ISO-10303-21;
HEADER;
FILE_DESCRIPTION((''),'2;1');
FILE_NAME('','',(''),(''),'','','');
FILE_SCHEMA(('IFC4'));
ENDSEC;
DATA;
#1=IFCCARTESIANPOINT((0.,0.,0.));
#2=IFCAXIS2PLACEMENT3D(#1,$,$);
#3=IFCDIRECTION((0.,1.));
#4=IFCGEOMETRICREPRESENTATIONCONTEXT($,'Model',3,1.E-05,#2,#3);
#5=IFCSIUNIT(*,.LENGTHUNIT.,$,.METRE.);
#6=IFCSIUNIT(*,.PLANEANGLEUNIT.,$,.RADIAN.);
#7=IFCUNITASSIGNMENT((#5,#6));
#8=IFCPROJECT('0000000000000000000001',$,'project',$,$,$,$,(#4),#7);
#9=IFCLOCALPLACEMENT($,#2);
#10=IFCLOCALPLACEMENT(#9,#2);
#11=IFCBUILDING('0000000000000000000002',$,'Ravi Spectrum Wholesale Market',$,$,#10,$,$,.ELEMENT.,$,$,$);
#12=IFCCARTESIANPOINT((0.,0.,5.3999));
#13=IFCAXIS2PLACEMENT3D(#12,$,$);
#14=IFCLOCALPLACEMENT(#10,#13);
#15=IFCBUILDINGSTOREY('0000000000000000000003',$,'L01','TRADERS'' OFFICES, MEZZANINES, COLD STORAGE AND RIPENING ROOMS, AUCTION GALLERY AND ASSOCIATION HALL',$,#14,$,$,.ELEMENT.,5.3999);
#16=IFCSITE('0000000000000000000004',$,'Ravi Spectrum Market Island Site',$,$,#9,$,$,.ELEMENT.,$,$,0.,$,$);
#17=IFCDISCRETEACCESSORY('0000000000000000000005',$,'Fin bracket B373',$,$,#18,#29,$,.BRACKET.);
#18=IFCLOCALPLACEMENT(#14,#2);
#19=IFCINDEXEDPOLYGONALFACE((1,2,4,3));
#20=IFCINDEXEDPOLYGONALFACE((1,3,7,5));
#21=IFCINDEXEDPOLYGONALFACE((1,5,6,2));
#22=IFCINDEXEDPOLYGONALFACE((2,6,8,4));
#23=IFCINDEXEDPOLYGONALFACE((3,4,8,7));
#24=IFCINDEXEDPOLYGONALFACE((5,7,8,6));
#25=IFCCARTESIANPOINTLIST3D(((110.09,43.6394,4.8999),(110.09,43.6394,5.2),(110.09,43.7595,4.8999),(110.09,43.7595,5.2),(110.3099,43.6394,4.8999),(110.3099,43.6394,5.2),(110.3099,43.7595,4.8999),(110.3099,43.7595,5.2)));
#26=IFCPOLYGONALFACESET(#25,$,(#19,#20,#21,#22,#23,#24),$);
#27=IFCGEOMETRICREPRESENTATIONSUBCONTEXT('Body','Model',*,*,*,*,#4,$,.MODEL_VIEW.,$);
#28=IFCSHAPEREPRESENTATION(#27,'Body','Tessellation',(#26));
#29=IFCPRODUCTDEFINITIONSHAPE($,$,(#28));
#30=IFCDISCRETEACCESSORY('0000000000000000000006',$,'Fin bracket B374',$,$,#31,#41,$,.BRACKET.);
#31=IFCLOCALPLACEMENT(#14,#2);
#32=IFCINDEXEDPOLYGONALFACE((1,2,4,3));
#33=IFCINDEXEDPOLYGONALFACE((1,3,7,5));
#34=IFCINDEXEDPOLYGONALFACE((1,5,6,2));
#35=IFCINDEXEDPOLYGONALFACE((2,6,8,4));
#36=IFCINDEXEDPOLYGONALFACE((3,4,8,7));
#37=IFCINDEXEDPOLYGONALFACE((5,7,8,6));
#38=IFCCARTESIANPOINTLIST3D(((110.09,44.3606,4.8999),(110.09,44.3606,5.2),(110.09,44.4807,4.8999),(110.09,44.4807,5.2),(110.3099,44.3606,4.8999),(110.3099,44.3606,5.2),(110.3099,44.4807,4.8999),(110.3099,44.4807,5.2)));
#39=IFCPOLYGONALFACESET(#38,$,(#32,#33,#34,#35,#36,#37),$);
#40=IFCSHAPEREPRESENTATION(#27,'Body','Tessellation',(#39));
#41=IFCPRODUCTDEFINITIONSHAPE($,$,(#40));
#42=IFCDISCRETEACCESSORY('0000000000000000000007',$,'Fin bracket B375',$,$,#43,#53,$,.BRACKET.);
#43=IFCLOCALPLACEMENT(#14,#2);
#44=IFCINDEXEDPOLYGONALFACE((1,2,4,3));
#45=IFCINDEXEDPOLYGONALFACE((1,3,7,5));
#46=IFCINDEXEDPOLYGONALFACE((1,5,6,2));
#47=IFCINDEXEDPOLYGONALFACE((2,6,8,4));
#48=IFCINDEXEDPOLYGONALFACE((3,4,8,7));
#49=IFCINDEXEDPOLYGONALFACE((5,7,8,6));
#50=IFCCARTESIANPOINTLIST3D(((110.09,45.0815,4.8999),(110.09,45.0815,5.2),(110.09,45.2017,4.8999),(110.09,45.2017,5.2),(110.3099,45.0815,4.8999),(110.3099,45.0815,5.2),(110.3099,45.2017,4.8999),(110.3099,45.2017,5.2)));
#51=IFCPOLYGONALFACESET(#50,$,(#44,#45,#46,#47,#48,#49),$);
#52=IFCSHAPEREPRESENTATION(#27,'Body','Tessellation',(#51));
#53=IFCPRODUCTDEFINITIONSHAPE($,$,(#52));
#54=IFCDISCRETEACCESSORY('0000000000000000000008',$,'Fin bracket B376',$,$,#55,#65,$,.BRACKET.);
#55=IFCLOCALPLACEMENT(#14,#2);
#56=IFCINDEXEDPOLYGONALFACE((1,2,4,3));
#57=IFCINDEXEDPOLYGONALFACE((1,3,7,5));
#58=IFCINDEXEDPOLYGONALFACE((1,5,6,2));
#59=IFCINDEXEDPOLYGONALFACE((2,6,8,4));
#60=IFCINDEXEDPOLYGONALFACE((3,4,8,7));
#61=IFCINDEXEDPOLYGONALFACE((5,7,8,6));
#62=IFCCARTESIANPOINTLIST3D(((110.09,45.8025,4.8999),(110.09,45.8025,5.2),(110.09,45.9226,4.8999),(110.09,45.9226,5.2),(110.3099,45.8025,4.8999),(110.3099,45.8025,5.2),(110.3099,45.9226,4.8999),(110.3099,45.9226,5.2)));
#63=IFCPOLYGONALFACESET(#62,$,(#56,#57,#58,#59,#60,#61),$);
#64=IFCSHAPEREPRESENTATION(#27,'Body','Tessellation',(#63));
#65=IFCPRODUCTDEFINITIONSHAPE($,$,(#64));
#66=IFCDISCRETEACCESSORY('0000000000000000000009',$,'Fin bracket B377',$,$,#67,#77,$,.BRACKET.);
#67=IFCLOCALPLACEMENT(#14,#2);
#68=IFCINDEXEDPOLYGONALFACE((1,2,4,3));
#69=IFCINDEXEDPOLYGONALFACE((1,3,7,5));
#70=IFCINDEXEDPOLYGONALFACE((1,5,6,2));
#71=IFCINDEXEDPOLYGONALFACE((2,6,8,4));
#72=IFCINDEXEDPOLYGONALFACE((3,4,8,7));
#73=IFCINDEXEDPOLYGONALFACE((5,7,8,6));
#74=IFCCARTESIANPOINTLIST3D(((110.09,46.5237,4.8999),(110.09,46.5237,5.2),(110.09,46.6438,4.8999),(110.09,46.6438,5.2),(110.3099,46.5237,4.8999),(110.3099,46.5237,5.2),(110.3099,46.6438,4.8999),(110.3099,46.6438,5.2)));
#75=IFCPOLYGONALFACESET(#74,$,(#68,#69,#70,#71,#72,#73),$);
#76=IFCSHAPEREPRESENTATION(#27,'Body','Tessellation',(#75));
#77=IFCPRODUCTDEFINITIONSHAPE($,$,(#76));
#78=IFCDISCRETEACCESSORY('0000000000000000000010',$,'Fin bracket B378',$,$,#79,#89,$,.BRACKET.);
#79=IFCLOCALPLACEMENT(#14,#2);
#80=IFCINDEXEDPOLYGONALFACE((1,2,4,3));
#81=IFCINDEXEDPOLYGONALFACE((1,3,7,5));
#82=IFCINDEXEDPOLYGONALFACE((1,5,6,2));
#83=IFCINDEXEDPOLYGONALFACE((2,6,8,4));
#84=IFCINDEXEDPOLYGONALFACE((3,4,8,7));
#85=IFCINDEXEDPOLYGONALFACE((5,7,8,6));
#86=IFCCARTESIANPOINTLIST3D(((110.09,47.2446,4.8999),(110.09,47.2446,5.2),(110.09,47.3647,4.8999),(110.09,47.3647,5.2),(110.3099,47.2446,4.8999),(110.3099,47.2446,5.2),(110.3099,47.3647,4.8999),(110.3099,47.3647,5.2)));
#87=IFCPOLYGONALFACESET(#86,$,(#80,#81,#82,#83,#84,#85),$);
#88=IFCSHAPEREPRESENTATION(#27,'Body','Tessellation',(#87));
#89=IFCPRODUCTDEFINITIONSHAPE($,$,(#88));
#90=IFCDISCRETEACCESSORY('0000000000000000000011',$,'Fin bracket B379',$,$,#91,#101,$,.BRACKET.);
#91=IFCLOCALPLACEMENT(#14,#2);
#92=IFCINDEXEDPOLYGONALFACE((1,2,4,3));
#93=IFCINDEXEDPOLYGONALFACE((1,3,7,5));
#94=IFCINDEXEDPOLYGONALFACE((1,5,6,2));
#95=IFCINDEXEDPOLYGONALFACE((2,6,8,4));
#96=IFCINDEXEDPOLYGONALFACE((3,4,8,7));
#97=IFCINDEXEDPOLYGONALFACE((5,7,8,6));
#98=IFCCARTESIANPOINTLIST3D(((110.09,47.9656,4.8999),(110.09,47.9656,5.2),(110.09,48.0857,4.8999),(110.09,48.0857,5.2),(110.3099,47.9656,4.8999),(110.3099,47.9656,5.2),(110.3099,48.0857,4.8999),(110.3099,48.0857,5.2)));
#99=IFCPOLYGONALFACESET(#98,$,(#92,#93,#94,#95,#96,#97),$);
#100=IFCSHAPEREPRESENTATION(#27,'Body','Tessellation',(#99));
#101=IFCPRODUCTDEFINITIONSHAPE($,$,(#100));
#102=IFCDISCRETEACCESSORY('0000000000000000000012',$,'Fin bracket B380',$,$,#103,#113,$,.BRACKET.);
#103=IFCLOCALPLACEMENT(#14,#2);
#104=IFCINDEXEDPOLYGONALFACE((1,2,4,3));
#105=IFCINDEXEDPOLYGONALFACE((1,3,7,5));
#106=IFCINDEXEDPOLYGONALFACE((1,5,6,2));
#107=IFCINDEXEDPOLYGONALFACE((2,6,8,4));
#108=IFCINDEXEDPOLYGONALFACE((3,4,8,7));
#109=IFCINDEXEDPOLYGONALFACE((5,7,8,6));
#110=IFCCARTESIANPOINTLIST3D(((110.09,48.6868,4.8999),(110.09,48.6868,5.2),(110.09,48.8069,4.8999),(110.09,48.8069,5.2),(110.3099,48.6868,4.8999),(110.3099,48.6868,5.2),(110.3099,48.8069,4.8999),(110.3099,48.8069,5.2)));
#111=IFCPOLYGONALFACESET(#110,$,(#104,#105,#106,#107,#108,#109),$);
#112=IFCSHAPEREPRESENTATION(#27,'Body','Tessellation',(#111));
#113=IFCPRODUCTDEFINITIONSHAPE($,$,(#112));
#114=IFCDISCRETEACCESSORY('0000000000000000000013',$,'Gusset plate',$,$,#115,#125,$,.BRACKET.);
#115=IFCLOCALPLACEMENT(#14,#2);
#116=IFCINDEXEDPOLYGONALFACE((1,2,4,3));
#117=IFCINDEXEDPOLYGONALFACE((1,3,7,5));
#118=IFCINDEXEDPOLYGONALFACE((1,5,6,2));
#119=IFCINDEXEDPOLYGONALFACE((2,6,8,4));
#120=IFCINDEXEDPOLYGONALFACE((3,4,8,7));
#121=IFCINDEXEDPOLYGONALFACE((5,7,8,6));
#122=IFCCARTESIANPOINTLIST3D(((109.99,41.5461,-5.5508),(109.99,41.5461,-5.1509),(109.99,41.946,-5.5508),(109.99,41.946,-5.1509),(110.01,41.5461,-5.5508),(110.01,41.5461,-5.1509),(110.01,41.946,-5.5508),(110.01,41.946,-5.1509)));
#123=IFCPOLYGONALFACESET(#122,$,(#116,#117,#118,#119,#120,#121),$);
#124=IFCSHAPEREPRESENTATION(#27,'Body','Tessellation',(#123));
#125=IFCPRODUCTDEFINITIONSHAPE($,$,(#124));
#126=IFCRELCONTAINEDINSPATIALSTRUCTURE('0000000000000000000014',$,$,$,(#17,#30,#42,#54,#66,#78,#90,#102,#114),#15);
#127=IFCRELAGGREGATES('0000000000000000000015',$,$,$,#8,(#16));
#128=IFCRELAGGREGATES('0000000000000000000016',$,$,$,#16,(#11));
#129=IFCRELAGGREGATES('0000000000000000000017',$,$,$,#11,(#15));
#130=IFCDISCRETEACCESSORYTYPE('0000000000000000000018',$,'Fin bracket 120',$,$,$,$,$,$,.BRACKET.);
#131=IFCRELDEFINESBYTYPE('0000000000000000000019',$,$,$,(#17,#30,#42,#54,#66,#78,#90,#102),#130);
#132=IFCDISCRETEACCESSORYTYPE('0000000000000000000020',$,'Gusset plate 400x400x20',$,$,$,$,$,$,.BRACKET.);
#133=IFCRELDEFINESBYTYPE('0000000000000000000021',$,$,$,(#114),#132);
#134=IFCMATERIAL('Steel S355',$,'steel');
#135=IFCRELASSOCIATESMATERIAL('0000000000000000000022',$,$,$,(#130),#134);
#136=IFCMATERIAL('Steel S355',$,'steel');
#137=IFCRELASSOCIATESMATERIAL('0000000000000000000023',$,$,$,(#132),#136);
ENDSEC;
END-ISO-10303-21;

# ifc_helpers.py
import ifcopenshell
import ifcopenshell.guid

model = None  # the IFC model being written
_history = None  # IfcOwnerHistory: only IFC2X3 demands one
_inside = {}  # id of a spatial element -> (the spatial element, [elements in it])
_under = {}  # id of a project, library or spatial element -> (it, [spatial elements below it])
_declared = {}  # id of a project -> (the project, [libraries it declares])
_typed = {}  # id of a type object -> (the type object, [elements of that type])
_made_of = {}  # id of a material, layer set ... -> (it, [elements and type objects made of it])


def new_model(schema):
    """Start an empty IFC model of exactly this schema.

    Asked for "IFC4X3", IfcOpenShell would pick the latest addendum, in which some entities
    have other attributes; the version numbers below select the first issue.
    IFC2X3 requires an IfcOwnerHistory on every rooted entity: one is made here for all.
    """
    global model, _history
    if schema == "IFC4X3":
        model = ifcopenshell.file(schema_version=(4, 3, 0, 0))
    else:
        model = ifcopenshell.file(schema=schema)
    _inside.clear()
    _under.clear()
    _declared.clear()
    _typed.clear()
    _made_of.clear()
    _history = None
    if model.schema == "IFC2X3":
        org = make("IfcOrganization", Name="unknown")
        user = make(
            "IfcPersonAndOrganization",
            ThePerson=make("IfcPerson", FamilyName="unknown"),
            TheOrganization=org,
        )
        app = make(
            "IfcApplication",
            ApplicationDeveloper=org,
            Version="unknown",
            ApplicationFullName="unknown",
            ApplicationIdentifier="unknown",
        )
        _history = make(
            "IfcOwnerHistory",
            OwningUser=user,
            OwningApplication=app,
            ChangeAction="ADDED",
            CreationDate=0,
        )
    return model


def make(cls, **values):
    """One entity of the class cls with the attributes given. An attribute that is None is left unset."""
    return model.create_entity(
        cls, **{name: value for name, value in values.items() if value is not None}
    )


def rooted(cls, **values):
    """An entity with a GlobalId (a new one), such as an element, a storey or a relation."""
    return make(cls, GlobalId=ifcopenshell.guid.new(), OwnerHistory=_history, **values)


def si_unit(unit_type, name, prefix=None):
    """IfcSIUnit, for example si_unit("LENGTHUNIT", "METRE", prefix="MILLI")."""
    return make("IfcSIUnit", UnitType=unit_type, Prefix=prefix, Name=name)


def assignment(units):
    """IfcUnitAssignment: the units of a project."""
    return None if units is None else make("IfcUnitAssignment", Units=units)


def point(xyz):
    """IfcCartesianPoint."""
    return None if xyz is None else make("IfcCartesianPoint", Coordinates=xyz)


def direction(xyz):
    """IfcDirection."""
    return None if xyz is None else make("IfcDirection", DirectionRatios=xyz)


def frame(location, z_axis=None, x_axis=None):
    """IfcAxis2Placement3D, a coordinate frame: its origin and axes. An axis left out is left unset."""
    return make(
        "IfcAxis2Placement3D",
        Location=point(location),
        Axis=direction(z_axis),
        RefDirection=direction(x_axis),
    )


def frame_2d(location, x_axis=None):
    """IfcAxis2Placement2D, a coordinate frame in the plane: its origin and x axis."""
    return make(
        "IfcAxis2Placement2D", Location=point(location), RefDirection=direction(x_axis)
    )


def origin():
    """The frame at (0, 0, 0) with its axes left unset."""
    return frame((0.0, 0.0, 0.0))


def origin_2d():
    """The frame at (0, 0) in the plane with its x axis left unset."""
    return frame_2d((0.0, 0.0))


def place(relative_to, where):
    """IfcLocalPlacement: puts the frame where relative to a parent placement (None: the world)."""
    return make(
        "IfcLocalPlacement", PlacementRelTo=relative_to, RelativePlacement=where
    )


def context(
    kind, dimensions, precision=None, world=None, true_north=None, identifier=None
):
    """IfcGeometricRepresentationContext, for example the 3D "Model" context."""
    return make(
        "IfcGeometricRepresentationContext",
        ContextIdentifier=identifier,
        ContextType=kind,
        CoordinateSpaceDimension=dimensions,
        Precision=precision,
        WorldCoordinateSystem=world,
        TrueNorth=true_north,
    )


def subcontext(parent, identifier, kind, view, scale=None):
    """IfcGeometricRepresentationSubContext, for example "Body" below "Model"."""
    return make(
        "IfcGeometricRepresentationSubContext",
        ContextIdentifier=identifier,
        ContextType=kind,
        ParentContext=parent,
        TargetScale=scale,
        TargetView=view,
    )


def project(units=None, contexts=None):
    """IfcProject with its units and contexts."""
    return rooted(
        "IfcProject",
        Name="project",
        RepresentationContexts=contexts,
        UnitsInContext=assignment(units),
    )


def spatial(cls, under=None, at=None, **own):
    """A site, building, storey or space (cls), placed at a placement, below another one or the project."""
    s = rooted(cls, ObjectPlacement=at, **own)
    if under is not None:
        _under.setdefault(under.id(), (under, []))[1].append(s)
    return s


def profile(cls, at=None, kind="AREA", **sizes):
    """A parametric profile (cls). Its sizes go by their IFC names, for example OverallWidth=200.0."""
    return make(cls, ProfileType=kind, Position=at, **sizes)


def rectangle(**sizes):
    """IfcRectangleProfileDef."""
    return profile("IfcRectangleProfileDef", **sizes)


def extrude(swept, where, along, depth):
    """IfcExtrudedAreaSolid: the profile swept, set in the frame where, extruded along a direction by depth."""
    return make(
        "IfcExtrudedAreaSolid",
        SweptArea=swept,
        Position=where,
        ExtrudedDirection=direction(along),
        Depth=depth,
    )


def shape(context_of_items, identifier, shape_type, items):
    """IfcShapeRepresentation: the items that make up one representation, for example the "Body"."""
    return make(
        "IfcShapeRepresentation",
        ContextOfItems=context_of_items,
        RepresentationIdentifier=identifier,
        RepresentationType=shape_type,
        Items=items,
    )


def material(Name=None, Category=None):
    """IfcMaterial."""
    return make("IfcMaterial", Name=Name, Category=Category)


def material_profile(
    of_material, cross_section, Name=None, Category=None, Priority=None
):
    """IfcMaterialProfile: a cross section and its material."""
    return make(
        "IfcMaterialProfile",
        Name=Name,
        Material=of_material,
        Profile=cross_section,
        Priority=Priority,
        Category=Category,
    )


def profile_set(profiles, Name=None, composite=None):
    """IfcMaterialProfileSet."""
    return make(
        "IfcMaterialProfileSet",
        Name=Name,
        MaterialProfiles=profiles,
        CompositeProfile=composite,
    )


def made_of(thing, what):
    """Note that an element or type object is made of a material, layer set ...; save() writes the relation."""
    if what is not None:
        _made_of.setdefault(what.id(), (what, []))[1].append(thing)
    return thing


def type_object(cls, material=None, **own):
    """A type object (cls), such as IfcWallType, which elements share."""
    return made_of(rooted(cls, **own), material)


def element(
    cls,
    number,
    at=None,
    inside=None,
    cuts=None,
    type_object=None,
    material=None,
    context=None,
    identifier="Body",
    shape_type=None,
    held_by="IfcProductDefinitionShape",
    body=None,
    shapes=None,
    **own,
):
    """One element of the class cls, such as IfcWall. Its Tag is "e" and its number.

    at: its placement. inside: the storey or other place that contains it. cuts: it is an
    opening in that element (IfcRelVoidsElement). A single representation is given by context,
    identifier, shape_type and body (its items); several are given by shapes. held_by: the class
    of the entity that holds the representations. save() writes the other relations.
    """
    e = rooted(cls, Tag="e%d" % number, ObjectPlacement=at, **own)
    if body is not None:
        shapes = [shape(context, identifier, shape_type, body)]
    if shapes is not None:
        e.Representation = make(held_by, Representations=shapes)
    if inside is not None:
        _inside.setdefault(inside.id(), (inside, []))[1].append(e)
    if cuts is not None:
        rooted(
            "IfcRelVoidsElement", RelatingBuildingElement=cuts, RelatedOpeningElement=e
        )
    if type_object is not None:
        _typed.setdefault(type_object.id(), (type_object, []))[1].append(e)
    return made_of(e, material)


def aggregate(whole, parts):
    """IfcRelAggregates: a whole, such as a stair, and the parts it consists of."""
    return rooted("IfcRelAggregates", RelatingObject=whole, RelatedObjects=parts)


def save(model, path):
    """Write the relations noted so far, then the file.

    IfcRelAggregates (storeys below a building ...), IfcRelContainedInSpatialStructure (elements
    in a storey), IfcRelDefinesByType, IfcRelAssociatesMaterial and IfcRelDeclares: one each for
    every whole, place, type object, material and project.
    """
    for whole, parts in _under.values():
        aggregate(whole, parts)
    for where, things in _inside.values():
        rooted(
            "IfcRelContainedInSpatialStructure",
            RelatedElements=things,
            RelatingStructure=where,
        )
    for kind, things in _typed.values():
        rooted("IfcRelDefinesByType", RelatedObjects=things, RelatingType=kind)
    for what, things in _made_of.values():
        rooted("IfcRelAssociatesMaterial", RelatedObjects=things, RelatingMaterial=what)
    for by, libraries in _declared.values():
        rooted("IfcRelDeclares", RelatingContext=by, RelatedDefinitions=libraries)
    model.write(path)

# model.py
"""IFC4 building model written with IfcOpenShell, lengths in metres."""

from ifc_helpers import new_model, si_unit, direction, frame, origin, origin_2d, place, context, subcontext, project, spatial, rectangle, extrude, material, material_profile, profile_set, type_object, element, save


model = new_model("IFC4")

# Units and contexts
model_context = context("Model", 3, precision=1e-05, world=origin(), true_north=direction((0.0, 1.0)))
body_context = subcontext(model_context, "Body", "Model", "MODEL_VIEW")
ifc_project = project(units=[si_unit("LENGTHUNIT", "METRE"), si_unit("PLANEANGLEUNIT", "RADIAN")], contexts=[model_context])

# Site, building, storey
site_placement = place(None, origin())
site = spatial("IfcSite", under=ifc_project, at=site_placement, Name="Ravi Spectrum Market Island Site", CompositionType="ELEMENT", RefElevation=0.0)
building_placement = place(site_placement, origin())
building = spatial("IfcBuilding", under=site, at=building_placement, Name="Ravi Spectrum Wholesale Market", CompositionType="ELEMENT")
storey_placement = place(building_placement, frame((0.0, 0.0, 5.3999)))
storey = spatial("IfcBuildingStorey", under=building, at=storey_placement, Name="L01", Description="TRADERS' OFFICES, MEZZANINES, COLD STORAGE AND RIPENING ROOMS, AUCTION GALLERY AND ASSOCIATION HALL", CompositionType="ELEMENT", Elevation=5.3999)

# Discrete accessories
ifc_material_1 = material(Name="Steel S355", Category="steel")
discrete_accessory_type_1 = type_object("IfcDiscreteAccessoryType", Name="Fin bracket 120", PredefinedType="BRACKET", material=ifc_material_1)
for number, where, z_axis, x_axis, name in (
    (1, (110.2, 43.6995, 4.8999), (0.0, 0.0, 1.0), (0.0, 1.0, 0.0), "Fin bracket B373"),
    (2, (110.2, 44.4207, 4.8999), (0.0, 0.0, 1.0), (0.0, 1.0, 0.0), "Fin bracket B374"),
    (3, (110.2, 45.1416, 4.8999), (0.0, 0.0, 1.0), (0.0, 1.0, 0.0), "Fin bracket B375"),
    (4, (110.2, 45.8625, 4.8999), (0.0, 0.0, 1.0), (0.0, 1.0, 0.0), "Fin bracket B376"),
    (5, (110.2, 46.5837, 4.8999), (0.0, 0.0, 1.0), (0.0, 1.0, 0.0), "Fin bracket B377"),
    (6, (110.2, 47.3047, 4.8999), (0.0, 0.0, 1.0), (0.0, 1.0, 0.0), "Fin bracket B378"),
    (7, (110.2, 48.0256, 4.8999), (0.0, 0.0, 1.0), (0.0, 1.0, 0.0), "Fin bracket B379"),
    (8, (110.2, 48.7468, 4.8999), (0.0, 0.0, 1.0), (0.0, 1.0, 0.0), "Fin bracket B380"),
):
    element("IfcDiscreteAccessory", number, at=place(storey_placement, frame(where, z_axis=z_axis, x_axis=x_axis)), inside=storey, type_object=discrete_accessory_type_1, Name=name, PredefinedType="BRACKET", context=body_context, shape_type="SweptSolid", body=[
        extrude(rectangle(XDim=0.1201, YDim=0.22, at=origin_2d()), origin(), (0.0, 0.0, 1.0), 0.3),
    ])
ifc_material_2 = material(Name="Steel S355", Category="steel")
ifc_material_profile_1 = material_profile(ifc_material_2, rectangle(XDim=0.3999, YDim=0.02, at=origin_2d()))
ifc_profile_set_1 = profile_set([ifc_material_profile_1], Name="Steel S355")
discrete_accessory_type_2 = type_object("IfcDiscreteAccessoryType", Name="Gusset plate 400x400x20", PredefinedType="BRACKET", material=ifc_profile_set_1)
discrete_accessory_placement = place(storey_placement, frame((110.0, 41.7461, -5.5508), z_axis=(0.0, 0.0, 1.0), x_axis=(0.0, -1.0, 0.0)))
element("IfcDiscreteAccessory", 9, at=discrete_accessory_placement, inside=storey, type_object=discrete_accessory_type_2, Name="Gusset plate", PredefinedType="BRACKET", context=body_context, shape_type="SweptSolid", body=[
    extrude(rectangle(XDim=0.3999, YDim=0.02, at=origin_2d()), origin(), (0.0, 0.0, 1.0), 0.3999),
])

save(model, "model.ifc")
